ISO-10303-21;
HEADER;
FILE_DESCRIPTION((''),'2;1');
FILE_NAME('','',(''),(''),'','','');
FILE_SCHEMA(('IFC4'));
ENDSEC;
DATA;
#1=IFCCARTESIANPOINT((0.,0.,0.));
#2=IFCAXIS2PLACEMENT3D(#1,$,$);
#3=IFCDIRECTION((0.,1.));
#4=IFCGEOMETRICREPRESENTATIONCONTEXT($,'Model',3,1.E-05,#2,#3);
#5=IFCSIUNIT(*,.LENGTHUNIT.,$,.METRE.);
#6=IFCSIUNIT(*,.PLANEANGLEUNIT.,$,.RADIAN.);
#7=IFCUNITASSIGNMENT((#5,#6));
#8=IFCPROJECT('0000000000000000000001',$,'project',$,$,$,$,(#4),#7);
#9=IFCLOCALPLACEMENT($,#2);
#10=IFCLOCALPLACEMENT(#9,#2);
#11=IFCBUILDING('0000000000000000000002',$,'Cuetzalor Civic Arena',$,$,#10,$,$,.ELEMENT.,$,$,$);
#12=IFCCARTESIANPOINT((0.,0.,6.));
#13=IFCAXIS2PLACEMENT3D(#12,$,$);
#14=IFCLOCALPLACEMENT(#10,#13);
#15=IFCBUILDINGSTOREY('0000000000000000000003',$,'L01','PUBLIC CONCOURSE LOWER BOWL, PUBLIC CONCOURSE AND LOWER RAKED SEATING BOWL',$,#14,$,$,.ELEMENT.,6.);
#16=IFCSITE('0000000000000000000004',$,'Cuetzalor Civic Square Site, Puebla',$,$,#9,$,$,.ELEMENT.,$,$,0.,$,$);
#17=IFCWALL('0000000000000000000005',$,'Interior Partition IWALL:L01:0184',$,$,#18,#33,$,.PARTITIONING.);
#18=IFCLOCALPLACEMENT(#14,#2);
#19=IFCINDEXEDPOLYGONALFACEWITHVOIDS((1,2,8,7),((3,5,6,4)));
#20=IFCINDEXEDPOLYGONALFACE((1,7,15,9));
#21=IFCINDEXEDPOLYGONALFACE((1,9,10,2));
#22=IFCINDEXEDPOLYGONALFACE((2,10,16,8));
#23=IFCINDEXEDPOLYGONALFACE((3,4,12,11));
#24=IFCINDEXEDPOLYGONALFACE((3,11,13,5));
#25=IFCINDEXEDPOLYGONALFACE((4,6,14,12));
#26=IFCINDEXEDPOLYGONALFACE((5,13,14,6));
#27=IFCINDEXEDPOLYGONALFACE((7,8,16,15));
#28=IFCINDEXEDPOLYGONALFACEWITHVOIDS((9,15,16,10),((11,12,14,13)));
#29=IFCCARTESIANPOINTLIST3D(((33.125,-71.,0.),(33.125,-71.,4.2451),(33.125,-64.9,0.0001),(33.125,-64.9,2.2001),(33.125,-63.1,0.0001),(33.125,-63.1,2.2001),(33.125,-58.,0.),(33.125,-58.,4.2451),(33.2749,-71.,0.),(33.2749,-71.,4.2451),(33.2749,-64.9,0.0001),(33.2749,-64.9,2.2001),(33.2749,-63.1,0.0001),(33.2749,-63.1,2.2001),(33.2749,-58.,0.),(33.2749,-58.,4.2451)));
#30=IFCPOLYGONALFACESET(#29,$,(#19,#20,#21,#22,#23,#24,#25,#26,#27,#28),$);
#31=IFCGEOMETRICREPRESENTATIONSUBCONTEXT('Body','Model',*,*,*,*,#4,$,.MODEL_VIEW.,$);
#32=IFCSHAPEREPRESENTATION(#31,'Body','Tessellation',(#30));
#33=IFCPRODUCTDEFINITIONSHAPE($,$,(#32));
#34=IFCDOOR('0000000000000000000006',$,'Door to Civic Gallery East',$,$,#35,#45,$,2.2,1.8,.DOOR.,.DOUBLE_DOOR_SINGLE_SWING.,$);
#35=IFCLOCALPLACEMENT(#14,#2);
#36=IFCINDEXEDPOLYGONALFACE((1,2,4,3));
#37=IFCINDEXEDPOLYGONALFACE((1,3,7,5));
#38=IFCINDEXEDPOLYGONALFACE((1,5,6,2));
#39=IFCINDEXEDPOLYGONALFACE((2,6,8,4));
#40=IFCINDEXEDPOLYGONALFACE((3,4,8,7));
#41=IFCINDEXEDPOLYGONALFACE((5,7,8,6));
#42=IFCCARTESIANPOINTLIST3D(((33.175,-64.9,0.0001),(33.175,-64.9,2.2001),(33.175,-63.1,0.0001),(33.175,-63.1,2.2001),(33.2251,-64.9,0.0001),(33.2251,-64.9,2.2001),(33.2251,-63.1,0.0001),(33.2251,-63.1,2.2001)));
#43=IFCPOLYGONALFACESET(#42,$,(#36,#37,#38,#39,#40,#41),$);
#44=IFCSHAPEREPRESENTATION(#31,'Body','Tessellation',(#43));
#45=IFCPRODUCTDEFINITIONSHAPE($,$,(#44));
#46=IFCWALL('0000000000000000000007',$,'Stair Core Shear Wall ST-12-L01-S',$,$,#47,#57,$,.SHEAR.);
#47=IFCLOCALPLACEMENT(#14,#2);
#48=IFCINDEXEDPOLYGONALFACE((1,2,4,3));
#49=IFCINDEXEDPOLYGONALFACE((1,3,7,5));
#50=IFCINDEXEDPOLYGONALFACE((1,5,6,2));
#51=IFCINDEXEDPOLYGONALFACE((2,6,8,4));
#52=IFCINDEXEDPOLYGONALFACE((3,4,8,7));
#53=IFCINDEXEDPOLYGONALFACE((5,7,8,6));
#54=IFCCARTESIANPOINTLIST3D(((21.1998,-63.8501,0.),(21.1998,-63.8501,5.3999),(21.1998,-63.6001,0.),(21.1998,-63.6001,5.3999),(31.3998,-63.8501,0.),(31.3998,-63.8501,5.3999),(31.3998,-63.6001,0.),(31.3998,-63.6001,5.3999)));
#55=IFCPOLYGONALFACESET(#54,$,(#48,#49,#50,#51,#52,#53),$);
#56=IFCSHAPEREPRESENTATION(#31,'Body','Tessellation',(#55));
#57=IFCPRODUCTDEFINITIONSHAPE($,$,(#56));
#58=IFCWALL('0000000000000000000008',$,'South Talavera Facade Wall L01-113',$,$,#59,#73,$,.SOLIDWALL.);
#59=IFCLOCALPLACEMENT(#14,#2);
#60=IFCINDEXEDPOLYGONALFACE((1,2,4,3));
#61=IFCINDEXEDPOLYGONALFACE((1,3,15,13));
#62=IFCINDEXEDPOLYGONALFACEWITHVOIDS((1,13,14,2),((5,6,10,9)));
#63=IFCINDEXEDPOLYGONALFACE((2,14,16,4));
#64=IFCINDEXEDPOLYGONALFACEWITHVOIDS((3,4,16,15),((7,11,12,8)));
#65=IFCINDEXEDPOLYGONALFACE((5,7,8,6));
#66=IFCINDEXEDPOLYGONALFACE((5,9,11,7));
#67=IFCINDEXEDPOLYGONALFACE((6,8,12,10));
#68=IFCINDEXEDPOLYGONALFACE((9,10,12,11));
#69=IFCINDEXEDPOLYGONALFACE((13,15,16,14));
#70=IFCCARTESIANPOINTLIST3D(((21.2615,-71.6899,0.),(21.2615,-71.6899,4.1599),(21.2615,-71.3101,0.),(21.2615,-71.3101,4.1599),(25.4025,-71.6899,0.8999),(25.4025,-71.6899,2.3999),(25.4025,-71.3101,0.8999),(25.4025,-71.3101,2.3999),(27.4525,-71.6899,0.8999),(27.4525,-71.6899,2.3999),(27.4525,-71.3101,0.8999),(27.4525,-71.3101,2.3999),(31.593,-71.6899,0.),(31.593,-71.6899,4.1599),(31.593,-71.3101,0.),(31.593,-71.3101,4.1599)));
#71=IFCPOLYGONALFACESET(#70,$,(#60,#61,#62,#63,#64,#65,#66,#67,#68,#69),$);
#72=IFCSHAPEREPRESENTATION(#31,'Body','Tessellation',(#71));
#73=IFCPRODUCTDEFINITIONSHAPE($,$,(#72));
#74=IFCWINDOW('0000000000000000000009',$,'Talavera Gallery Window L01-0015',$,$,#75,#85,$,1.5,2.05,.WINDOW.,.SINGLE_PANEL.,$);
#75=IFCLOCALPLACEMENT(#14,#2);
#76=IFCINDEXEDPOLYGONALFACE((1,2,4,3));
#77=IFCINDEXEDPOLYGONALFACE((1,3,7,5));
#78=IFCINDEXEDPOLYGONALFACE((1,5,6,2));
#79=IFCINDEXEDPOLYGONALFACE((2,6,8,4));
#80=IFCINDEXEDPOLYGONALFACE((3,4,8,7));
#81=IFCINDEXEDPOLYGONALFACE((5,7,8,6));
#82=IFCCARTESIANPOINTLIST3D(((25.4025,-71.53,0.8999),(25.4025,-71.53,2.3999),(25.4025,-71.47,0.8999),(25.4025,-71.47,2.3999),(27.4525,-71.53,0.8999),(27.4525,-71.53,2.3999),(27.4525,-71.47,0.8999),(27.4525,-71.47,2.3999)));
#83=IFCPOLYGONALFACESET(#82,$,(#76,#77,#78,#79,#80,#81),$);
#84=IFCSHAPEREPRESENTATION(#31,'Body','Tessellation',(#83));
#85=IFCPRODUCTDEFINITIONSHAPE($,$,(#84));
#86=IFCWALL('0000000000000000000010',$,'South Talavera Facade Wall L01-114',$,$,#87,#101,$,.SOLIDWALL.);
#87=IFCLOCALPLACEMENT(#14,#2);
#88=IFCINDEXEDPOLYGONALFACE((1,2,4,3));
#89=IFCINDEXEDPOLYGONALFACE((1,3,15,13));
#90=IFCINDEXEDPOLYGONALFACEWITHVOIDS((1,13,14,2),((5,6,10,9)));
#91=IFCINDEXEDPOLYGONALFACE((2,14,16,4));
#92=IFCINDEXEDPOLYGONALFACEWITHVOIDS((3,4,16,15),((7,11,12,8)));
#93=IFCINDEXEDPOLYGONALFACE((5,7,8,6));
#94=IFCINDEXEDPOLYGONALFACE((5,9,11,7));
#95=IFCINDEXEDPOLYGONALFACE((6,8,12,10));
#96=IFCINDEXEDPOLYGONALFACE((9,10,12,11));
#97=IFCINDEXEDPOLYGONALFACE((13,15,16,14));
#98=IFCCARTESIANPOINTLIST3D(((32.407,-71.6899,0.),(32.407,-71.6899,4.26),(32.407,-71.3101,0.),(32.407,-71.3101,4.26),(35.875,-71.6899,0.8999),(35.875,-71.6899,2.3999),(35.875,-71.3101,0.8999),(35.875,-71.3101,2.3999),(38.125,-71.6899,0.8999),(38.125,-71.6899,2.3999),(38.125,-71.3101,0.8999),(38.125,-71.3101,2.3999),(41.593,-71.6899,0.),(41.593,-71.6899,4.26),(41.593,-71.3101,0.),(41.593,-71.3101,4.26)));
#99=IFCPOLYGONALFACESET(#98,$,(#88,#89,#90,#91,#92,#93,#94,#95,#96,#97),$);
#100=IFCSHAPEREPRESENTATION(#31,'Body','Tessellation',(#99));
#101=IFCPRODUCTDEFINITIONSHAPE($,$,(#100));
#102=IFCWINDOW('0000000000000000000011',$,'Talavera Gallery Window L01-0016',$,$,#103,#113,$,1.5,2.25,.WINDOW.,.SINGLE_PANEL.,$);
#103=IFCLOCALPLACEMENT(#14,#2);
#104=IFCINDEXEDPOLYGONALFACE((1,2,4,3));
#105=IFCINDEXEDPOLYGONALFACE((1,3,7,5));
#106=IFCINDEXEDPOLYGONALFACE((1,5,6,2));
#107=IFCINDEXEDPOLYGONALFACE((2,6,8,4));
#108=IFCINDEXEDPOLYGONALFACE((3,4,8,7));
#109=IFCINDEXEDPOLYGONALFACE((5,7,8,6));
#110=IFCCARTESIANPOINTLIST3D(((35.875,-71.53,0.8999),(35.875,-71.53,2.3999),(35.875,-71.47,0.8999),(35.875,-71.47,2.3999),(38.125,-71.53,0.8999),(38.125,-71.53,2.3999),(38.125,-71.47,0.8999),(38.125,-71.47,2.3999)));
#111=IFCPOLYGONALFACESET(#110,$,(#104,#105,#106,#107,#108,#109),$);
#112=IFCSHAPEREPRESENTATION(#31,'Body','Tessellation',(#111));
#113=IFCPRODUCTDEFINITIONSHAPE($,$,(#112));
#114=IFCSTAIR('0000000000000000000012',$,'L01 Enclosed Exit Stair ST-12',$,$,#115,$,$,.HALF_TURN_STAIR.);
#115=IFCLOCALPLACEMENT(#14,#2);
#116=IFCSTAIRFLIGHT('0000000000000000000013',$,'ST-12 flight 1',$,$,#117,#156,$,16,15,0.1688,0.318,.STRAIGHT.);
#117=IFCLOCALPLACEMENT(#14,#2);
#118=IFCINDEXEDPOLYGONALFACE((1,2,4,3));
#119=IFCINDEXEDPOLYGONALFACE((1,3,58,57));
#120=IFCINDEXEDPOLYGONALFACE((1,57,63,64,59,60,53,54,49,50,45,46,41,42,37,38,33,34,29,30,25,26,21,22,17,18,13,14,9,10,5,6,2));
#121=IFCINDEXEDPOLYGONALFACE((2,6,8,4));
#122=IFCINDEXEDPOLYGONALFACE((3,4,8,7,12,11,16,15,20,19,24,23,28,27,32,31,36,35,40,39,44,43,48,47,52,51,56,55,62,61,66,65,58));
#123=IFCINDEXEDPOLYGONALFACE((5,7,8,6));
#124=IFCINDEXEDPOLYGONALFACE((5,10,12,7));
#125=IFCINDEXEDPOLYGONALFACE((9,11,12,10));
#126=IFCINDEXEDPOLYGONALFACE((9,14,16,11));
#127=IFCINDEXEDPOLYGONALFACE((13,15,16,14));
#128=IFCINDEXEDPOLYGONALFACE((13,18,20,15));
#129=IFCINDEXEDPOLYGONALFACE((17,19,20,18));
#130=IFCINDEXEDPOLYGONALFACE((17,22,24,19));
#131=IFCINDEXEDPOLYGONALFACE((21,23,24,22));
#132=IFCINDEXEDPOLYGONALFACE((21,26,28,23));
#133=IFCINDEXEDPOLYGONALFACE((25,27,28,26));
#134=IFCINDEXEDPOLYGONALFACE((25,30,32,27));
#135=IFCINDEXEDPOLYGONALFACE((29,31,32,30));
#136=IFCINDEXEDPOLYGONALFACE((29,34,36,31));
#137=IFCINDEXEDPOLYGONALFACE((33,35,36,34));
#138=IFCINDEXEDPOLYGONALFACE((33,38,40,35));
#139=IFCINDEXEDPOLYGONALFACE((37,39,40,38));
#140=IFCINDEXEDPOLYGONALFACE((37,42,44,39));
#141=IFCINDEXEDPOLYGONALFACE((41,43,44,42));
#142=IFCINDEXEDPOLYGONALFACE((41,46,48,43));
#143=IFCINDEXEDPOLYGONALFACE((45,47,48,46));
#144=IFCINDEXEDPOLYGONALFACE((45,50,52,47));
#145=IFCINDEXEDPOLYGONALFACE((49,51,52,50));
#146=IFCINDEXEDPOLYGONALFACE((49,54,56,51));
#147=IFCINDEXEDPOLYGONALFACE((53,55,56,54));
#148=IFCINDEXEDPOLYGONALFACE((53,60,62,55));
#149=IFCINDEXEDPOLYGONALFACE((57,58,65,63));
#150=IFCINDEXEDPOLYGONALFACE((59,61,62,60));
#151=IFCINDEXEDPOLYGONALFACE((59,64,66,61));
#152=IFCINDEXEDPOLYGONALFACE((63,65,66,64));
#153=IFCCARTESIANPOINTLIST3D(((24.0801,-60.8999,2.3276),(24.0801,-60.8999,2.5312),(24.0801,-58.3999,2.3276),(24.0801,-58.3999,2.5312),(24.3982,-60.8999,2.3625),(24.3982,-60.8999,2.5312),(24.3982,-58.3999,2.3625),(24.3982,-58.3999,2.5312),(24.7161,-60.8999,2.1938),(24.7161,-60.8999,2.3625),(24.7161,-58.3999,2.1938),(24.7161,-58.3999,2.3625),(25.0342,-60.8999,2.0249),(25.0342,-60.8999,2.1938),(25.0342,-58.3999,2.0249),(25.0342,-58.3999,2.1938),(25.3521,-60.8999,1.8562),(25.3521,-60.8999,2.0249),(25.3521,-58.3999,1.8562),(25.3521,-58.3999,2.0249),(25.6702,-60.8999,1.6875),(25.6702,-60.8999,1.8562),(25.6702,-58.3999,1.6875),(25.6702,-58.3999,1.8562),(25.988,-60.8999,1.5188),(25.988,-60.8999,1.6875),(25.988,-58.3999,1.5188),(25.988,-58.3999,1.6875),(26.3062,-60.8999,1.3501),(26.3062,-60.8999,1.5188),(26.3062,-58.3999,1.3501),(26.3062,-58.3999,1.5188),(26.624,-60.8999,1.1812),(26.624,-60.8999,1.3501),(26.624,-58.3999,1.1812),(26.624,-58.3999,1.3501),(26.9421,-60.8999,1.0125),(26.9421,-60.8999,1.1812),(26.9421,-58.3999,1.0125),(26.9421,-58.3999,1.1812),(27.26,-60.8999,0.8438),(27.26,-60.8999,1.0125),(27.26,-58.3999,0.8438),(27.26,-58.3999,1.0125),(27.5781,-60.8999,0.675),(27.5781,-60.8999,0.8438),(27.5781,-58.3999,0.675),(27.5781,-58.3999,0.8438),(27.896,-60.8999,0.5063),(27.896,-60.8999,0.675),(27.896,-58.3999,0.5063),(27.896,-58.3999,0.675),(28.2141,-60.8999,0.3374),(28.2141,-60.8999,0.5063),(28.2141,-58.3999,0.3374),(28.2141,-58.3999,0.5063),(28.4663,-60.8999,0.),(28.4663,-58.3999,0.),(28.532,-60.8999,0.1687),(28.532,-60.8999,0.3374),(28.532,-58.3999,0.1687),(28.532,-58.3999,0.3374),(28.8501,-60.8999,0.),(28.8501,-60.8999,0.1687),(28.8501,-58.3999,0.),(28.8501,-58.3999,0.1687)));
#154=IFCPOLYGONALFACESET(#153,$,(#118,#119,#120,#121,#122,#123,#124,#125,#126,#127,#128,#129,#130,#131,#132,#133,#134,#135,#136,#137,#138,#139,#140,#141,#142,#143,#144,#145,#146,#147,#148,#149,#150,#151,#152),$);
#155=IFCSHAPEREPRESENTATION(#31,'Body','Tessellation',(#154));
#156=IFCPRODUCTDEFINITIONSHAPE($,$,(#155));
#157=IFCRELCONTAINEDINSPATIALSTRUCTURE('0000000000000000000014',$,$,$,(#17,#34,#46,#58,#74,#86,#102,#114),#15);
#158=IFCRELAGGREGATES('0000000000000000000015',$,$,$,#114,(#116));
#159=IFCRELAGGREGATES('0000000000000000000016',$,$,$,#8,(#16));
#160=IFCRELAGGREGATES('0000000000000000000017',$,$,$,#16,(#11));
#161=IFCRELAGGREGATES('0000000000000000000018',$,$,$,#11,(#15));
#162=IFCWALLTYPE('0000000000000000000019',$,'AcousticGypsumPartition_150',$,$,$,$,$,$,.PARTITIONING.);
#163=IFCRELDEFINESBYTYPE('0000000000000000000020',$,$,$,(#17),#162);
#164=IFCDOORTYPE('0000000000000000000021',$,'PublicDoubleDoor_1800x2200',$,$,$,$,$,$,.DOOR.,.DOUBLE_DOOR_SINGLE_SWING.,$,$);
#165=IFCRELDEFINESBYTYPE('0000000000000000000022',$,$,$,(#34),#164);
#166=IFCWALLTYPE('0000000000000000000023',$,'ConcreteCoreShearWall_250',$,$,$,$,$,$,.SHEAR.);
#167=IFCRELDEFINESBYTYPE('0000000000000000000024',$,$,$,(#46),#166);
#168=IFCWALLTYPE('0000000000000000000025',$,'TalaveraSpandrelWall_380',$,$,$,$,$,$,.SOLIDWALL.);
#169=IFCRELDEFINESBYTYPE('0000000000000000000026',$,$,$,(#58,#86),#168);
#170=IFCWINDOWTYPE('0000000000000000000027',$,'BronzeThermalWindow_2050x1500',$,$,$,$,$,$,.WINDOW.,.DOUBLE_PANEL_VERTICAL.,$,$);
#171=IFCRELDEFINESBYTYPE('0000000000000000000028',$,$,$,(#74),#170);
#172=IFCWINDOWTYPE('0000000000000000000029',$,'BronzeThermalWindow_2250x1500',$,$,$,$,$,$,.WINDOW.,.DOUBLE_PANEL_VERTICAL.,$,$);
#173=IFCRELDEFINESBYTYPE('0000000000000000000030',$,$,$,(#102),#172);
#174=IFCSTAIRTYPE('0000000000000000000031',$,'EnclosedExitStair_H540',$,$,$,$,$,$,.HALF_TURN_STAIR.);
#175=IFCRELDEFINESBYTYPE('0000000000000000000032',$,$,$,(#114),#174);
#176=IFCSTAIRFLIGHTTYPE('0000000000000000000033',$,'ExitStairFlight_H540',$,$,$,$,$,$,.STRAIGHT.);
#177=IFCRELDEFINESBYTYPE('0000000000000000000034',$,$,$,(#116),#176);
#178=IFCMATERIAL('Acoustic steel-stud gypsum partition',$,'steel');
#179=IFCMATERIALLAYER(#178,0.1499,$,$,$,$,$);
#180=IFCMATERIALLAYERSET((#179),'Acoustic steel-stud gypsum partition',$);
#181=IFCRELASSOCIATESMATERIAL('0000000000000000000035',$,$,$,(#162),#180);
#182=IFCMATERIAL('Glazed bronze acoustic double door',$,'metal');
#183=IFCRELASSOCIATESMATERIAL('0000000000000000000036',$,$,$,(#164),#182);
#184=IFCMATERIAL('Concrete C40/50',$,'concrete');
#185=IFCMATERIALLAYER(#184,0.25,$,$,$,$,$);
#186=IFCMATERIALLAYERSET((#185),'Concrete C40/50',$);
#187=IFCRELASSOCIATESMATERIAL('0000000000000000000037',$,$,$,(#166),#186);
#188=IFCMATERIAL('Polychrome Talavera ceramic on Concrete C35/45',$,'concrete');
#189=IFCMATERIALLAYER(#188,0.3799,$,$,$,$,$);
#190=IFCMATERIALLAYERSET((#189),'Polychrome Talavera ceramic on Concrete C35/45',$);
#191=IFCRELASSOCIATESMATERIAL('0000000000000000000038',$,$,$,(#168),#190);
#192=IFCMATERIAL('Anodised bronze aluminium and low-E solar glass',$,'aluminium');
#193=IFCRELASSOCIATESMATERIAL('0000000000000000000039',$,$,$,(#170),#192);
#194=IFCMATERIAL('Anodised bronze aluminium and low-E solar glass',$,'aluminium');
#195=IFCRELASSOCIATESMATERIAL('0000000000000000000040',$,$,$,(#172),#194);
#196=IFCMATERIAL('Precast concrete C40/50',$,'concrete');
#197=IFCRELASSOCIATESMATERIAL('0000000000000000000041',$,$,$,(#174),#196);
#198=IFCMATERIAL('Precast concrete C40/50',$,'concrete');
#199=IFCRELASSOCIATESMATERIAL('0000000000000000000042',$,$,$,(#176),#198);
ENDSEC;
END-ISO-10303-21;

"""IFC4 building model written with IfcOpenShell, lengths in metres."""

from ifc_helpers import new_model, si_unit, direction, frame, frame_2d, origin, place, context, subcontext, project, spatial, polyline, rectangle, outline, extrude, material, layer, layer_set, type_object, element, fill, aggregate, save


model = new_model("IFC4")

# Units and contexts
model_context = context("Model", 3, precision=1e-05, world=origin(), true_north=direction((0.0, 1.0)))
body_context = subcontext(model_context, "Body", "Model", "MODEL_VIEW")
ifc_project = project(units=[si_unit("LENGTHUNIT", "METRE"), si_unit("PLANEANGLEUNIT", "RADIAN")], contexts=[model_context])

# Site, building, storey
site_placement = place(None, origin())
site = spatial("IfcSite", under=ifc_project, at=site_placement, Name="Cuetzalor Civic Square Site, Puebla", CompositionType="ELEMENT", RefElevation=0.0)
building_placement = place(site_placement, origin())
building = spatial("IfcBuilding", under=site, at=building_placement, Name="Cuetzalor Civic Arena", CompositionType="ELEMENT")
storey_placement = place(building_placement, frame((0.0, 0.0, 6.0)))
storey = spatial("IfcBuildingStorey", under=building, at=storey_placement, Name="L01", Description="PUBLIC CONCOURSE LOWER BOWL, PUBLIC CONCOURSE AND LOWER RAKED SEATING BOWL", CompositionType="ELEMENT", Elevation=6.0)

# Wall, opening, door
ifc_material_1 = material(Name="Acoustic steel-stud gypsum partition", Category="steel")
ifc_layer_1 = layer(ifc_material_1, 0.1499)
ifc_layer_set_1 = layer_set([ifc_layer_1], Name="Acoustic steel-stud gypsum partition")
wall_type_1 = type_object("IfcWallType", Name="AcousticGypsumPartition_150", PredefinedType="PARTITIONING", material=ifc_layer_set_1)
wall_1_placement = place(storey_placement, frame((33.2, -71.0, 0.0), z_axis=(0.0, 0.0, 1.0), x_axis=(0.0, 1.0, 0.0)))
wall_1 = element("IfcWall", 1, at=wall_1_placement, inside=storey, type_object=wall_type_1, Name="Interior Partition IWALL:L01:0184", PredefinedType="PARTITIONING", context=body_context, shape_type="SweptSolid", body=[
    extrude(rectangle(XDim=13.0, YDim=0.1499, at=frame_2d((6.5, 0.0))), origin(), (0.0, 0.0, 1.0), 4.2451),
])
opening_1_placement = place(wall_1_placement, frame((6.1001, 0.0, 0.0)))
opening_1 = element("IfcOpeningElement", 2, at=opening_1_placement, cuts=wall_1, PredefinedType="OPENING", context=body_context, shape_type="SweptSolid", body=[
    extrude(rectangle(XDim=1.8, YDim=2.2, at=frame_2d((0.8999, 1.1001))), frame((0.0, 0.085, 0.0), z_axis=(0.0, -1.0, 0.0), x_axis=(1.0, 0.0, 0.0)), (0.0, 0.0, 1.0), 0.1699),
])
ifc_material_2 = material(Name="Glazed bronze acoustic double door", Category="metal")
door_type = type_object("IfcDoorType", Name="PublicDoubleDoor_1800x2200", OperationType="DOUBLE_DOOR_SINGLE_SWING", PredefinedType="DOOR", material=ifc_material_2)
door_placement = place(opening_1_placement, origin())
door = element("IfcDoor", 3, at=door_placement, inside=storey, type_object=door_type, Name="Door to Civic Gallery East", OperationType="DOUBLE_DOOR_SINGLE_SWING", OverallHeight=2.2, OverallWidth=1.8, PredefinedType="DOOR", context=body_context, shape_type="SweptSolid", body=[
    extrude(rectangle(XDim=1.8, YDim=2.2, at=frame_2d((0.8999, 1.1001))), frame((0.0, 0.0249, 0.0), z_axis=(0.0, -1.0, 0.0), x_axis=(1.0, 0.0, 0.0)), (0.0, 0.0, 1.0), 0.05),
])
fill(opening_1, door)

# Wall
ifc_material_3 = material(Name="Concrete C40/50", Category="concrete")
ifc_layer_2 = layer(ifc_material_3, 0.25)
ifc_layer_set_2 = layer_set([ifc_layer_2], Name="Concrete C40/50")
wall_type_2 = type_object("IfcWallType", Name="ConcreteCoreShearWall_250", PredefinedType="SHEAR", material=ifc_layer_set_2)
wall_2_placement = place(storey_placement, frame((31.3999, -63.7251, 0.0), z_axis=(0.0, 0.0, 1.0), x_axis=(-1.0, 0.0, 0.0)))
element("IfcWall", 4, at=wall_2_placement, inside=storey, type_object=wall_type_2, Name="Stair Core Shear Wall ST-12-L01-S", PredefinedType="SHEAR", context=body_context, shape_type="SweptSolid", body=[
    extrude(rectangle(XDim=10.2, YDim=0.25, at=frame_2d((5.1001, 0.0))), origin(), (0.0, 0.0, 1.0), 5.3999),
])

# Walls, openings, windows
ifc_material_4 = material(Name="Polychrome Talavera ceramic on Concrete C35/45", Category="concrete")
ifc_layer_3 = layer(ifc_material_4, 0.3799)
ifc_layer_set_3 = layer_set([ifc_layer_3], Name="Polychrome Talavera ceramic on Concrete C35/45")
wall_type_3 = type_object("IfcWallType", Name="TalaveraSpandrelWall_380", PredefinedType="SOLIDWALL", material=ifc_layer_set_3)
wall_3_placement = place(storey_placement, frame((31.593, -71.5, 0.0), z_axis=(0.0, 0.0, 1.0), x_axis=(-1.0, 0.0, 0.0)))
wall_3 = element("IfcWall", 5, at=wall_3_placement, inside=storey, type_object=wall_type_3, Name="South Talavera Facade Wall L01-113", PredefinedType="SOLIDWALL", context=body_context, shape_type="SweptSolid", body=[
    extrude(rectangle(XDim=10.3315, YDim=0.3799, at=frame_2d((5.1658, 0.0))), origin(), (0.0, 0.0, 1.0), 4.1599),
])
opening_2_placement = place(wall_3_placement, frame((4.1406, 0.0, 0.8999)))
opening_2 = element("IfcOpeningElement", 6, at=opening_2_placement, cuts=wall_3, PredefinedType="OPENING", context=body_context, shape_type="SweptSolid", body=[
    extrude(rectangle(XDim=2.05, YDim=1.5, at=frame_2d((1.0249, 0.75))), frame((0.0, 0.2, 0.0), z_axis=(0.0, -1.0, 0.0), x_axis=(1.0, 0.0, 0.0)), (0.0, 0.0, 1.0), 0.3999),
])
ifc_material_5 = material(Name="Anodised bronze aluminium and low-E solar glass", Category="aluminium")
window_type_1 = type_object("IfcWindowType", Name="BronzeThermalWindow_2050x1500", PartitioningType="DOUBLE_PANEL_VERTICAL", PredefinedType="WINDOW", material=ifc_material_5)
window_1_placement = place(opening_2_placement, origin())
window_1 = element("IfcWindow", 7, at=window_1_placement, inside=storey, type_object=window_type_1, Name="Talavera Gallery Window L01-0015", OverallHeight=1.5, OverallWidth=2.05, PartitioningType="SINGLE_PANEL", PredefinedType="WINDOW", context=body_context, shape_type="SweptSolid", body=[
    extrude(rectangle(XDim=2.05, YDim=1.5, at=frame_2d((1.0249, 0.75))), frame((0.0, 0.03, 0.0), z_axis=(0.0, -1.0, 0.0), x_axis=(1.0, 0.0, 0.0)), (0.0, 0.0, 1.0), 0.0601),
])
fill(opening_2, window_1)
wall_4_placement = place(storey_placement, frame((41.593, -71.5, 0.0), z_axis=(0.0, 0.0, 1.0), x_axis=(-1.0, 0.0, 0.0)))
wall_4 = element("IfcWall", 8, at=wall_4_placement, inside=storey, type_object=wall_type_3, Name="South Talavera Facade Wall L01-114", PredefinedType="SOLIDWALL", context=body_context, shape_type="SweptSolid", body=[
    extrude(rectangle(XDim=9.186, YDim=0.3799, at=frame_2d((4.593, 0.0))), origin(), (0.0, 0.0, 1.0), 4.26),
])
opening_3_placement = place(wall_4_placement, frame((3.468, 0.0, 0.8999)))
opening_3 = element("IfcOpeningElement", 9, at=opening_3_placement, cuts=wall_4, PredefinedType="OPENING", context=body_context, shape_type="SweptSolid", body=[
    extrude(rectangle(XDim=2.25, YDim=1.5, at=frame_2d((1.125, 0.75))), frame((0.0, 0.2, 0.0), z_axis=(0.0, -1.0, 0.0), x_axis=(1.0, 0.0, 0.0)), (0.0, 0.0, 1.0), 0.3999),
])
ifc_material_6 = material(Name="Anodised bronze aluminium and low-E solar glass", Category="aluminium")
window_type_2 = type_object("IfcWindowType", Name="BronzeThermalWindow_2250x1500", PartitioningType="DOUBLE_PANEL_VERTICAL", PredefinedType="WINDOW", material=ifc_material_6)
window_2_placement = place(opening_3_placement, origin())
window_2 = element("IfcWindow", 10, at=window_2_placement, inside=storey, type_object=window_type_2, Name="Talavera Gallery Window L01-0016", OverallHeight=1.5, OverallWidth=2.25, PartitioningType="SINGLE_PANEL", PredefinedType="WINDOW", context=body_context, shape_type="SweptSolid", body=[
    extrude(rectangle(XDim=2.25, YDim=1.5, at=frame_2d((1.125, 0.75))), frame((0.0, 0.03, 0.0), z_axis=(0.0, -1.0, 0.0), x_axis=(1.0, 0.0, 0.0)), (0.0, 0.0, 1.0), 0.0601),
])
fill(opening_3, window_2)

# Stair, stair flight
ifc_material_7 = material(Name="Precast concrete C40/50", Category="concrete")
stair_type = type_object("IfcStairType", Name="EnclosedExitStair_H540", PredefinedType="HALF_TURN_STAIR", material=ifc_material_7)
stair_placement = place(storey_placement, origin())
stair = element("IfcStair", 11, at=stair_placement, inside=storey, type_object=stair_type, Name="L01 Enclosed Exit Stair ST-12", PredefinedType="HALF_TURN_STAIR")
ifc_material_8 = material(Name="Precast concrete C40/50", Category="concrete")
stair_flight_type = type_object("IfcStairFlightType", Name="ExitStairFlight_H540", PredefinedType="STRAIGHT", material=ifc_material_8)
stair_flight_1_placement = place(storey_placement, frame((28.8501, -59.6499, 0.0), z_axis=(0.0, 0.0, 1.0), x_axis=(-1.0, 0.0, 0.0)))
stair_flight_1 = element("IfcStairFlight", 12, at=stair_flight_1_placement, type_object=stair_flight_type, Name="ST-12 flight 1", NumberOfRisers=16, NumberOfTreads=15, PredefinedType="STRAIGHT", RiserHeight=0.1688, TreadLength=0.318, context=body_context, shape_type="SweptSolid", body=[
    extrude(outline(polyline([(0.0, 0.0), (0.0, 0.1687), (0.3181, 0.1687), (0.3181, 0.3374), (0.636, 0.3374), (0.636, 0.5063), (0.9541, 0.5063), (0.9541, 0.675), (1.272, 0.675), (1.272, 0.8438), (1.5901, 0.8438), (1.5901, 1.0125), (1.908, 1.0125), (1.908, 1.1812), (2.2261, 1.1812), (2.2261, 1.3501), (2.5439, 1.3501), (2.5439, 1.5188), (2.8621, 1.5188), (2.8621, 1.6875), (3.1799, 1.6875), (3.1799, 1.8562), (3.498, 1.8562), (3.498, 2.0249), (3.8159, 2.0249), (3.8159, 2.1938), (4.134, 2.1938), (4.134, 2.3625), (4.4519, 2.3625), (4.4519, 2.5312), (4.77, 2.5312), (4.77, 2.7), (4.77, 2.3276), (0.3838, 0.0), (0.0, 0.0)])), frame((0.0, 1.25, 0.0), z_axis=(0.0, -1.0, 0.0), x_axis=(1.0, 0.0, 0.0)), (0.0, 0.0, 1.0), 2.5),
])
aggregate(stair, [stair_flight_1])

save(model, "model.ifc")
